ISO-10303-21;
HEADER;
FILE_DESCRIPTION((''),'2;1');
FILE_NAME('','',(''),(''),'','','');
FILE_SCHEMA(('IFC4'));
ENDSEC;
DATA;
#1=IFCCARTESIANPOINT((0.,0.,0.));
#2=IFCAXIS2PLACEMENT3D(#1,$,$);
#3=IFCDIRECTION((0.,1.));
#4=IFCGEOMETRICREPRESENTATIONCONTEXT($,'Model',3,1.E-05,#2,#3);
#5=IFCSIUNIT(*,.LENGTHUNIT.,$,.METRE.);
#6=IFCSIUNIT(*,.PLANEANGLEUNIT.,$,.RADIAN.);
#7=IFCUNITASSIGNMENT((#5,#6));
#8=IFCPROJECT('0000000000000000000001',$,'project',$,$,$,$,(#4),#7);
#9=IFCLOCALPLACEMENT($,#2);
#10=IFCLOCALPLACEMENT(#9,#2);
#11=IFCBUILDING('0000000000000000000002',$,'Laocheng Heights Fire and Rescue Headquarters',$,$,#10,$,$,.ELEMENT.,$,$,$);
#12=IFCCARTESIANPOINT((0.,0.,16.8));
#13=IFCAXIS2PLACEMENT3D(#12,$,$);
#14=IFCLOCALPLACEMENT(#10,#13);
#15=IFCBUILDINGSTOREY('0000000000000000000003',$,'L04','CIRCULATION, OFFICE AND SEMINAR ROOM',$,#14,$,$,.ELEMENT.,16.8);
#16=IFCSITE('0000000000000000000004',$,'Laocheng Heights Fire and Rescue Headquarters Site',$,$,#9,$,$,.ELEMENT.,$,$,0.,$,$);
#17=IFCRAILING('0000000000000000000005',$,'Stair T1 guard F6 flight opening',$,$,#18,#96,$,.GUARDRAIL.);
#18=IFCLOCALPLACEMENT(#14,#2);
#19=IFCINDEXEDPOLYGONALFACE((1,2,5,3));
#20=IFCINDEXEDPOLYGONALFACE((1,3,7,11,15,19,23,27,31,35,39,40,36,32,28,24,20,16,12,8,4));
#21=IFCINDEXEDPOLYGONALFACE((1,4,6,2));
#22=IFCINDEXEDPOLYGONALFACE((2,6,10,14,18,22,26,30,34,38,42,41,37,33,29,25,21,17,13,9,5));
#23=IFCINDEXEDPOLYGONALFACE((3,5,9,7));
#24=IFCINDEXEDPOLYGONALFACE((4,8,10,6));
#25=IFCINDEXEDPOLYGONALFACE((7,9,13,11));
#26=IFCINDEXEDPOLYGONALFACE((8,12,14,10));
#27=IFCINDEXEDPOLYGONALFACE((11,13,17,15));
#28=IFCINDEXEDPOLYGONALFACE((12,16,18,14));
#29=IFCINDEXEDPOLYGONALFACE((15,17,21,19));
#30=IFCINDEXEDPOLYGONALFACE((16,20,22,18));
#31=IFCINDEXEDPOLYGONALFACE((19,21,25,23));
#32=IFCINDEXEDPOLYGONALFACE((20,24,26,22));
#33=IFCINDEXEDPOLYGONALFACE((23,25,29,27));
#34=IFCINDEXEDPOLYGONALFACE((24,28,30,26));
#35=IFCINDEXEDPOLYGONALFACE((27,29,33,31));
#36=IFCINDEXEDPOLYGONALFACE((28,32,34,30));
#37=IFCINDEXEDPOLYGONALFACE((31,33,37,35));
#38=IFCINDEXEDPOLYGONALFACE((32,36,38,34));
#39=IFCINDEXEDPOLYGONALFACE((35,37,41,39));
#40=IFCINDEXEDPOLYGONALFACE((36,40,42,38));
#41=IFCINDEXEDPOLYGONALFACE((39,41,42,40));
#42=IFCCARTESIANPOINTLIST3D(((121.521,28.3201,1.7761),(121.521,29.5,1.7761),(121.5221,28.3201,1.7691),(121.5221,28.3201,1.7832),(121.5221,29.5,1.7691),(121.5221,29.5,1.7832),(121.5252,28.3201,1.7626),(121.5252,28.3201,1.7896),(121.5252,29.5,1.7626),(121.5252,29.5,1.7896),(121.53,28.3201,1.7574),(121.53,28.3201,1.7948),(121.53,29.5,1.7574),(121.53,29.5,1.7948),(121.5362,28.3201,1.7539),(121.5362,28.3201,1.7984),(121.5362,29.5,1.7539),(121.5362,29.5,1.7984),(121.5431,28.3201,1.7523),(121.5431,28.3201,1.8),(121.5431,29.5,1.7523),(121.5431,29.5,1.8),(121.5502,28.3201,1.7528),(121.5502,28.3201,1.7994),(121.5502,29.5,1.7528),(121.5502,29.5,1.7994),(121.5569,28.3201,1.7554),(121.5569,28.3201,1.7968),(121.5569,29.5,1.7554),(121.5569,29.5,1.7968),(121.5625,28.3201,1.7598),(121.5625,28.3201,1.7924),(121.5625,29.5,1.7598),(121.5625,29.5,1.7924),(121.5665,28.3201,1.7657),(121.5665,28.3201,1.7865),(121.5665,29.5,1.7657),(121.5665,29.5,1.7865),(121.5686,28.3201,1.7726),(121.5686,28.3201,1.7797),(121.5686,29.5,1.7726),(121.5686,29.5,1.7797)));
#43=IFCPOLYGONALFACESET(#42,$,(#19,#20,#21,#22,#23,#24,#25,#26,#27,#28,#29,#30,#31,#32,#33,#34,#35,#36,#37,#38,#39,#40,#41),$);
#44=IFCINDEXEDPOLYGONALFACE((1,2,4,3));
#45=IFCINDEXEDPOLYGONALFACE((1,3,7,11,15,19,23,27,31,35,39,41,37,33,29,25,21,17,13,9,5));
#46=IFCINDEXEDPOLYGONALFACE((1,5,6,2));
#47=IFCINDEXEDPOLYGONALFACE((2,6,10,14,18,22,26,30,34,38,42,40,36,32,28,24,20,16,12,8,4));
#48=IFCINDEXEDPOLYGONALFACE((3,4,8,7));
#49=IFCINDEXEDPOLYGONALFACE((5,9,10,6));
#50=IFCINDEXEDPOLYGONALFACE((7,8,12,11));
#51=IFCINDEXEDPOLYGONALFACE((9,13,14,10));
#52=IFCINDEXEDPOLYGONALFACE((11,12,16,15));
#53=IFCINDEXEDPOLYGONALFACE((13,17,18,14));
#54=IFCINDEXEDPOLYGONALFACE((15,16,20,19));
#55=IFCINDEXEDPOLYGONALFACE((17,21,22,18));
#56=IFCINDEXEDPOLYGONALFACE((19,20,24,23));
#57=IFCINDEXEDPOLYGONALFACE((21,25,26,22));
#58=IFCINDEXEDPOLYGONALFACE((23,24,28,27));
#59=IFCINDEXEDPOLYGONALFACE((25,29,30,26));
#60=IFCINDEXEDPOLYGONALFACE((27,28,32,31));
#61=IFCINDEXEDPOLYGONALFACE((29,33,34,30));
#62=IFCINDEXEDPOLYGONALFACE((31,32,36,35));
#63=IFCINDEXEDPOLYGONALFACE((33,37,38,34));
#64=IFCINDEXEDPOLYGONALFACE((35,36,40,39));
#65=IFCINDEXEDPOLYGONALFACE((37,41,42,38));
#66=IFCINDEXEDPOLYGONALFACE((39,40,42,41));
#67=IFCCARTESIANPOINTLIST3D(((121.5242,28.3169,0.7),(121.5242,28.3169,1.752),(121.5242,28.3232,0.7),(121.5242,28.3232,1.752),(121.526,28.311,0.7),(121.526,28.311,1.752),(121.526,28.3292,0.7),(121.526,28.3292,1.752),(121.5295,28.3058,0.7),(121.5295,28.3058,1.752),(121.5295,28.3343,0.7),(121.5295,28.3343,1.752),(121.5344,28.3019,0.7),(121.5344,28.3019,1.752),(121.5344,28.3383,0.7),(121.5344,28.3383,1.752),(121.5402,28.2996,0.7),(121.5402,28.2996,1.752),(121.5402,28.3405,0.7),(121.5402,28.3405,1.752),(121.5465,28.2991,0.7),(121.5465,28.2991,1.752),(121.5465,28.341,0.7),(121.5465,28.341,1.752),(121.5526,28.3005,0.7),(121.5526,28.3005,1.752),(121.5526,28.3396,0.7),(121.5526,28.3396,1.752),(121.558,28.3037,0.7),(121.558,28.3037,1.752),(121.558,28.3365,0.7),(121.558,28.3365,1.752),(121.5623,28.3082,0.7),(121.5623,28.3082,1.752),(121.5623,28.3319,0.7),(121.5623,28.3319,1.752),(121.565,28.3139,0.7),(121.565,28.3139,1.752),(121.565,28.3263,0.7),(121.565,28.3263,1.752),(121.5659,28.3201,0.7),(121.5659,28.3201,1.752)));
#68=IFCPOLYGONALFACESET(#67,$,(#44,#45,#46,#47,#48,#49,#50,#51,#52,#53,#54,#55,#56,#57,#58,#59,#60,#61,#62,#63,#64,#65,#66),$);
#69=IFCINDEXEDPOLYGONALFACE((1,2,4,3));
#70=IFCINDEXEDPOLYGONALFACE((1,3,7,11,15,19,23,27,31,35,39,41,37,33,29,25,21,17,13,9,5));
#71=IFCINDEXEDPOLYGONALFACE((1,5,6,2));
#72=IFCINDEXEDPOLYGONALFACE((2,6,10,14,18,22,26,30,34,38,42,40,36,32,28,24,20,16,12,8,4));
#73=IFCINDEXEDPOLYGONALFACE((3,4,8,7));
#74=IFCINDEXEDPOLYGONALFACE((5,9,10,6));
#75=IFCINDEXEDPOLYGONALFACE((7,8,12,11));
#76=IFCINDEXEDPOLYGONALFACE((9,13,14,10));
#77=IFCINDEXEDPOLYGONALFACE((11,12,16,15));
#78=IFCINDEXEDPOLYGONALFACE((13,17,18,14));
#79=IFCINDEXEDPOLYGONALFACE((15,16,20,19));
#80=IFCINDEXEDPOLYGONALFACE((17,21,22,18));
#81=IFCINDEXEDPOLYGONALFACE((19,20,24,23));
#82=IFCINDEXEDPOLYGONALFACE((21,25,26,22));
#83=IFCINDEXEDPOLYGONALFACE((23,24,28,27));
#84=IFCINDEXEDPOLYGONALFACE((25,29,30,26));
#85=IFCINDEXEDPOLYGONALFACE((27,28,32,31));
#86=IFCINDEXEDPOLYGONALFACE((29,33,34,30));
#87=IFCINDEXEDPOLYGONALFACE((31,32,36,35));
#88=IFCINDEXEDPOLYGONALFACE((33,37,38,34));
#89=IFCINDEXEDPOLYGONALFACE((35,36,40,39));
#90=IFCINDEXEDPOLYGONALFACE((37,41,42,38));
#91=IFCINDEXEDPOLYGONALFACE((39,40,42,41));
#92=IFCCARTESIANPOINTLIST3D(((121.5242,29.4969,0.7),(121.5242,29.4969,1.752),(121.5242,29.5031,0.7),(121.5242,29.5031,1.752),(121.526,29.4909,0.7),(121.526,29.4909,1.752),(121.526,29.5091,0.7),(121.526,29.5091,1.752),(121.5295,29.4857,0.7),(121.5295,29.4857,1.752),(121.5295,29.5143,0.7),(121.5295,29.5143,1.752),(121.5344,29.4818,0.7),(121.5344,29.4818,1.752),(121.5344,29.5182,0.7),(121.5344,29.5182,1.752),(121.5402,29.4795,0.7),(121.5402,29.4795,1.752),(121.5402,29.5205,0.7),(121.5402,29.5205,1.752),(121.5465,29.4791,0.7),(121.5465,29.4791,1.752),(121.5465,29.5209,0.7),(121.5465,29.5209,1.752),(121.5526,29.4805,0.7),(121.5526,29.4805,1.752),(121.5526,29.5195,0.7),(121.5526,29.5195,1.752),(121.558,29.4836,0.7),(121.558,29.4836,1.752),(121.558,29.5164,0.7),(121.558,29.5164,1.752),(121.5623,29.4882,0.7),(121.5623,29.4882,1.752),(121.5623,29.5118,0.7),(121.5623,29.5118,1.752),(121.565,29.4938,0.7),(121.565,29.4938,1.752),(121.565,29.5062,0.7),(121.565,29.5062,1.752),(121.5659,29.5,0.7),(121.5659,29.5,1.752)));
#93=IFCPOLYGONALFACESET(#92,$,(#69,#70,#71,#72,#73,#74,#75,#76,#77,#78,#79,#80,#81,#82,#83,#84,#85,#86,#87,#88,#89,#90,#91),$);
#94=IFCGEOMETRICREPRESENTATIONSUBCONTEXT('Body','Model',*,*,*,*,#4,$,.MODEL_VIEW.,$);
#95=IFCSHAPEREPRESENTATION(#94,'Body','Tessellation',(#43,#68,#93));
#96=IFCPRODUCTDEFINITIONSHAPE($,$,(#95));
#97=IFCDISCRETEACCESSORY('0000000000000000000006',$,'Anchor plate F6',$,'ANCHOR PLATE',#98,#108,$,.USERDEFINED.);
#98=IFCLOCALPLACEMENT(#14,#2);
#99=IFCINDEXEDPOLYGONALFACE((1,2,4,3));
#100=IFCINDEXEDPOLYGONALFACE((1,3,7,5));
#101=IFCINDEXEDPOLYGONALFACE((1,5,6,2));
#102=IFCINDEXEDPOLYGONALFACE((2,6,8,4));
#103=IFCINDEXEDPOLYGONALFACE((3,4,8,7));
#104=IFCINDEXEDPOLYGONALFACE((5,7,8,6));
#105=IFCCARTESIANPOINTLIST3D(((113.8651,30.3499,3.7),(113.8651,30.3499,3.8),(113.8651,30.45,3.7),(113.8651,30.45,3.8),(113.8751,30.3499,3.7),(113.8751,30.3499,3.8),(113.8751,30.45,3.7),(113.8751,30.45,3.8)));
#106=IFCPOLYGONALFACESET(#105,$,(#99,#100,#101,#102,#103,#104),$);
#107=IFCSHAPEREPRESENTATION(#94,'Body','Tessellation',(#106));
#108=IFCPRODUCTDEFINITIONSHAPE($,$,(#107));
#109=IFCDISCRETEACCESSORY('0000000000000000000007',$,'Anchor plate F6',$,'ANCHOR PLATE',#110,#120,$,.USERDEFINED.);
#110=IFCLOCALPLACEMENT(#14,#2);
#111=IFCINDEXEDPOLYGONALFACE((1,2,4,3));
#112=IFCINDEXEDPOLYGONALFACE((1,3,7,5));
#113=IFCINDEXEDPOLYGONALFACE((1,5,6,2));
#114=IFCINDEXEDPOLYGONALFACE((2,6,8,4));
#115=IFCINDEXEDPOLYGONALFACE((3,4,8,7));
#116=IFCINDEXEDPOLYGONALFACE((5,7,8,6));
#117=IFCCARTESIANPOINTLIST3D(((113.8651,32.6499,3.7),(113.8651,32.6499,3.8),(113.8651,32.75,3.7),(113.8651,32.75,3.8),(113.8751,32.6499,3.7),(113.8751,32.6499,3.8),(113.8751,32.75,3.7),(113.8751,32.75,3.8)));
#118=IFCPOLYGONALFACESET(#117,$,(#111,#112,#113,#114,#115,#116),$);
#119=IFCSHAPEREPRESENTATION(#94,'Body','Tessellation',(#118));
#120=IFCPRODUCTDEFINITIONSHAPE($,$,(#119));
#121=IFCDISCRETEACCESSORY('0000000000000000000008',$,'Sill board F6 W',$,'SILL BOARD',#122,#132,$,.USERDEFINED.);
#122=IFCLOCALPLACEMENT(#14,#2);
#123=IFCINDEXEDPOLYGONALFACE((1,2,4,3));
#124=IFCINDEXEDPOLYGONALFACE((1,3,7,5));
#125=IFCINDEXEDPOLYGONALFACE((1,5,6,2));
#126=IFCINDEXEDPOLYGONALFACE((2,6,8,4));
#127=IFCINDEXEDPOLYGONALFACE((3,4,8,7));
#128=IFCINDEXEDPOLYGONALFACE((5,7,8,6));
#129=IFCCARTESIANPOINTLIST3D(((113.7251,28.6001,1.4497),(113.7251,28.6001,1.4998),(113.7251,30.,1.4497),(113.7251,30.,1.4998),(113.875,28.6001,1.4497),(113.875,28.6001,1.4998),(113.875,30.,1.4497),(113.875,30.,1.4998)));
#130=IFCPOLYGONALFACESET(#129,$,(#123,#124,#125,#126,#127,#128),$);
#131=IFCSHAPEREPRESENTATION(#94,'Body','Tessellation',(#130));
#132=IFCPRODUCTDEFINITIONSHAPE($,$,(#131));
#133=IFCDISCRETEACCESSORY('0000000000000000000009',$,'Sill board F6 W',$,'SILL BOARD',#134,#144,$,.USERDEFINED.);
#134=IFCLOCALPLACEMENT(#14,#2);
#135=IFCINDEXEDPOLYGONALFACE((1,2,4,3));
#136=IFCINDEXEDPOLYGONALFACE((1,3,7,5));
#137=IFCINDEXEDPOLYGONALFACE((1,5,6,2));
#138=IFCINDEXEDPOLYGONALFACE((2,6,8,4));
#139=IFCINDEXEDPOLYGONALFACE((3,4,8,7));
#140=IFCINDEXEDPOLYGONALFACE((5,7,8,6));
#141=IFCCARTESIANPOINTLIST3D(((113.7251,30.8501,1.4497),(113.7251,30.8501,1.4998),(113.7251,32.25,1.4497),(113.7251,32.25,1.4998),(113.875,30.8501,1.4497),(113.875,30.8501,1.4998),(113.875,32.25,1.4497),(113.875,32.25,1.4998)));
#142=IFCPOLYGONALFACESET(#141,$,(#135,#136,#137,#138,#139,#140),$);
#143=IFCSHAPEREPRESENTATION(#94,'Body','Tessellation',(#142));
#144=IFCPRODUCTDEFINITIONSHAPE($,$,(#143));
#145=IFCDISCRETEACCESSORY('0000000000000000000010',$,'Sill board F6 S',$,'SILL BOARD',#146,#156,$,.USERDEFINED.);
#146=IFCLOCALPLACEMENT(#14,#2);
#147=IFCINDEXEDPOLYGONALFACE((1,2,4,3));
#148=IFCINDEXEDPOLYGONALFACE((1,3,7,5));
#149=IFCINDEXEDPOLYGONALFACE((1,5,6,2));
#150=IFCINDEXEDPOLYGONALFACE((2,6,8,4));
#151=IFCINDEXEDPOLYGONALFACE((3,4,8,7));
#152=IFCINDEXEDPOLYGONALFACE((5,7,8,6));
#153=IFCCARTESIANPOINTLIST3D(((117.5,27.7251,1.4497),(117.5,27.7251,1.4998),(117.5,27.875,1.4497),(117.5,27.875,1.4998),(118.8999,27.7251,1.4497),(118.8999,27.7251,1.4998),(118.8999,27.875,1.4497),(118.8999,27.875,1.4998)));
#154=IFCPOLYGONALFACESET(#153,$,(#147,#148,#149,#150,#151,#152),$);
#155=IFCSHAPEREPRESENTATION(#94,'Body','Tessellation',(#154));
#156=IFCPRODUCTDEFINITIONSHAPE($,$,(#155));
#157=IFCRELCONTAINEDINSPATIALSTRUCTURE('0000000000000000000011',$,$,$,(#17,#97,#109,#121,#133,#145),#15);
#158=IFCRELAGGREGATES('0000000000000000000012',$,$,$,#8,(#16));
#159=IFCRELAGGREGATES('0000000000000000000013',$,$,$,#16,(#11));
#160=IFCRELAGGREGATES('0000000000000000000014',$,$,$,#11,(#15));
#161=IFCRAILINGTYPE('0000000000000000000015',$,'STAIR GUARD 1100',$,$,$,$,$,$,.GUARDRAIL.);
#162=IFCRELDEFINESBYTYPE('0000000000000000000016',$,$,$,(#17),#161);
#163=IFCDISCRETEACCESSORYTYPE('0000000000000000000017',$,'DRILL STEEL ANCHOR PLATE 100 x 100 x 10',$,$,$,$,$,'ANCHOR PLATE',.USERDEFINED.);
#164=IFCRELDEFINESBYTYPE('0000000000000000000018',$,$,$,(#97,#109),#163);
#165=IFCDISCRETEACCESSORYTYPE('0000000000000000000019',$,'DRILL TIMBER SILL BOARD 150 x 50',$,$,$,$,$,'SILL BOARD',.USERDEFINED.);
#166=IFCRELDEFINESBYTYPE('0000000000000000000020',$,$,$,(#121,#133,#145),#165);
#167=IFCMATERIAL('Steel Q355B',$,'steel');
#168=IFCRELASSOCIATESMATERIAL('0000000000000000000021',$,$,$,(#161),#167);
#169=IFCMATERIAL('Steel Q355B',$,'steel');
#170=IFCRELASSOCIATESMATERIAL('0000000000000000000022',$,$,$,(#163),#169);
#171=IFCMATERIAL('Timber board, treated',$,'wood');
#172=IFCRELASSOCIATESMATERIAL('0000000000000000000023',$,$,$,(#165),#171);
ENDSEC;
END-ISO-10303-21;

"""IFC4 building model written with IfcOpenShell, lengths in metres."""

from ifc_helpers import new_model, si_unit, direction, frame, origin, origin_2d, place, context, subcontext, project, spatial, rectangle, circle, extrude, material, type_object, element, save


model = new_model("IFC4")

# Units and contexts
model_context = context("Model", 3, precision=1e-05, world=origin(), true_north=direction((0.0, 1.0)))
body_context = subcontext(model_context, "Body", "Model", "MODEL_VIEW")
ifc_project = project(units=[si_unit("LENGTHUNIT", "METRE"), si_unit("PLANEANGLEUNIT", "RADIAN")], contexts=[model_context])

# Site, building, storey
site_placement = place(None, origin())
site = spatial("IfcSite", under=ifc_project, at=site_placement, Name="Laocheng Heights Fire and Rescue Headquarters Site", CompositionType="ELEMENT", RefElevation=0.0)
building_placement = place(site_placement, origin())
building = spatial("IfcBuilding", under=site, at=building_placement, Name="Laocheng Heights Fire and Rescue Headquarters", CompositionType="ELEMENT")
storey_placement = place(building_placement, frame((0.0, 0.0, 16.8)))
storey = spatial("IfcBuildingStorey", under=building, at=storey_placement, Name="L04", Description="CIRCULATION, OFFICE AND SEMINAR ROOM", CompositionType="ELEMENT", Elevation=16.8)

# Railing
ifc_material_1 = material(Name="Steel Q355B", Category="steel")
railing_type = type_object("IfcRailingType", Name="STAIR GUARD 1100", PredefinedType="GUARDRAIL", material=ifc_material_1)
railing_1_placement = place(storey_placement, frame((121.5449, 28.3201, 0.7)))
element("IfcRailing", 1, at=railing_1_placement, inside=storey, type_object=railing_type, Name="Stair T1 guard F6 flight opening", PredefinedType="GUARDRAIL", context=body_context, shape_type="SweptSolid", body=[
    extrude(circle(Radius=0.0239, at=origin_2d()), frame((0.0, 0.0, 1.0762), z_axis=(0.0, 1.0, 0.0), x_axis=(-1.0, 0.0, 0.0)), (0.0, 0.0, 1.0), 1.1799),
    extrude(circle(Radius=0.021, at=origin_2d()), origin(), (0.0, 0.0, 1.0), 1.052),
    extrude(circle(Radius=0.021, at=origin_2d()), frame((0.0, 1.1799, 0.0)), (0.0, 0.0, 1.0), 1.052),
])

# Discrete accessories
ifc_material_2 = material(Name="Steel Q355B", Category="steel")
discrete_accessory_type_1 = type_object("IfcDiscreteAccessoryType", Name="DRILL STEEL ANCHOR PLATE 100 x 100 x 10", ElementType="ANCHOR PLATE", PredefinedType="USERDEFINED", material=ifc_material_2)
for number, where, z_axis, x_axis, name in (
    (2, (113.8701, 30.3999, 3.7), (0.0, 0.0, 1.0), (1.0, 0.0, 0.0), "Anchor plate F6"),
    (3, (113.8701, 32.7, 3.7), (0.0, 0.0, 1.0), (1.0, 0.0, 0.0), "Anchor plate F6"),
):
    element("IfcDiscreteAccessory", number, at=place(storey_placement, frame(where, z_axis=z_axis, x_axis=x_axis)), inside=storey, type_object=discrete_accessory_type_1, Name=name, ObjectType="ANCHOR PLATE", PredefinedType="USERDEFINED", context=body_context, shape_type="SweptSolid", body=[
        extrude(rectangle(XDim=0.01, YDim=0.1001, at=origin_2d()), origin(), (0.0, 0.0, 1.0), 0.1001),
    ])
ifc_material_3 = material(Name="Timber board, treated", Category="wood")
discrete_accessory_type_2 = type_object("IfcDiscreteAccessoryType", Name="DRILL TIMBER SILL BOARD 150 x 50", ElementType="SILL BOARD", PredefinedType="USERDEFINED", material=ifc_material_3)
for number, where, z_axis, x_axis, name in (
    (4, (113.8, 29.3, 1.4497), (0.0, 0.0, 1.0), (1.0, 0.0, 0.0), "Sill board F6 W"),
    (5, (113.8, 31.55, 1.4497), (0.0, 0.0, 1.0), (1.0, 0.0, 0.0), "Sill board F6 W"),
):
    element("IfcDiscreteAccessory", number, at=place(storey_placement, frame(where, z_axis=z_axis, x_axis=x_axis)), inside=storey, type_object=discrete_accessory_type_2, Name=name, ObjectType="SILL BOARD", PredefinedType="USERDEFINED", context=body_context, shape_type="SweptSolid", body=[
        extrude(rectangle(XDim=0.1499, YDim=1.3999, at=origin_2d()), origin(), (0.0, 0.0, 1.0), 0.05),
    ])
discrete_accessory_placement = place(storey_placement, frame((118.2, 27.8, 1.4497), z_axis=(0.0, 0.0, 1.0), x_axis=(1.0, 0.0, 0.0)))
element("IfcDiscreteAccessory", 6, at=discrete_accessory_placement, inside=storey, type_object=discrete_accessory_type_2, Name="Sill board F6 S", ObjectType="SILL BOARD", PredefinedType="USERDEFINED", context=body_context, shape_type="SweptSolid", body=[
    extrude(rectangle(XDim=1.3999, YDim=0.1499, at=origin_2d()), origin(), (0.0, 0.0, 1.0), 0.05),
])

save(model, "model.ifc")
